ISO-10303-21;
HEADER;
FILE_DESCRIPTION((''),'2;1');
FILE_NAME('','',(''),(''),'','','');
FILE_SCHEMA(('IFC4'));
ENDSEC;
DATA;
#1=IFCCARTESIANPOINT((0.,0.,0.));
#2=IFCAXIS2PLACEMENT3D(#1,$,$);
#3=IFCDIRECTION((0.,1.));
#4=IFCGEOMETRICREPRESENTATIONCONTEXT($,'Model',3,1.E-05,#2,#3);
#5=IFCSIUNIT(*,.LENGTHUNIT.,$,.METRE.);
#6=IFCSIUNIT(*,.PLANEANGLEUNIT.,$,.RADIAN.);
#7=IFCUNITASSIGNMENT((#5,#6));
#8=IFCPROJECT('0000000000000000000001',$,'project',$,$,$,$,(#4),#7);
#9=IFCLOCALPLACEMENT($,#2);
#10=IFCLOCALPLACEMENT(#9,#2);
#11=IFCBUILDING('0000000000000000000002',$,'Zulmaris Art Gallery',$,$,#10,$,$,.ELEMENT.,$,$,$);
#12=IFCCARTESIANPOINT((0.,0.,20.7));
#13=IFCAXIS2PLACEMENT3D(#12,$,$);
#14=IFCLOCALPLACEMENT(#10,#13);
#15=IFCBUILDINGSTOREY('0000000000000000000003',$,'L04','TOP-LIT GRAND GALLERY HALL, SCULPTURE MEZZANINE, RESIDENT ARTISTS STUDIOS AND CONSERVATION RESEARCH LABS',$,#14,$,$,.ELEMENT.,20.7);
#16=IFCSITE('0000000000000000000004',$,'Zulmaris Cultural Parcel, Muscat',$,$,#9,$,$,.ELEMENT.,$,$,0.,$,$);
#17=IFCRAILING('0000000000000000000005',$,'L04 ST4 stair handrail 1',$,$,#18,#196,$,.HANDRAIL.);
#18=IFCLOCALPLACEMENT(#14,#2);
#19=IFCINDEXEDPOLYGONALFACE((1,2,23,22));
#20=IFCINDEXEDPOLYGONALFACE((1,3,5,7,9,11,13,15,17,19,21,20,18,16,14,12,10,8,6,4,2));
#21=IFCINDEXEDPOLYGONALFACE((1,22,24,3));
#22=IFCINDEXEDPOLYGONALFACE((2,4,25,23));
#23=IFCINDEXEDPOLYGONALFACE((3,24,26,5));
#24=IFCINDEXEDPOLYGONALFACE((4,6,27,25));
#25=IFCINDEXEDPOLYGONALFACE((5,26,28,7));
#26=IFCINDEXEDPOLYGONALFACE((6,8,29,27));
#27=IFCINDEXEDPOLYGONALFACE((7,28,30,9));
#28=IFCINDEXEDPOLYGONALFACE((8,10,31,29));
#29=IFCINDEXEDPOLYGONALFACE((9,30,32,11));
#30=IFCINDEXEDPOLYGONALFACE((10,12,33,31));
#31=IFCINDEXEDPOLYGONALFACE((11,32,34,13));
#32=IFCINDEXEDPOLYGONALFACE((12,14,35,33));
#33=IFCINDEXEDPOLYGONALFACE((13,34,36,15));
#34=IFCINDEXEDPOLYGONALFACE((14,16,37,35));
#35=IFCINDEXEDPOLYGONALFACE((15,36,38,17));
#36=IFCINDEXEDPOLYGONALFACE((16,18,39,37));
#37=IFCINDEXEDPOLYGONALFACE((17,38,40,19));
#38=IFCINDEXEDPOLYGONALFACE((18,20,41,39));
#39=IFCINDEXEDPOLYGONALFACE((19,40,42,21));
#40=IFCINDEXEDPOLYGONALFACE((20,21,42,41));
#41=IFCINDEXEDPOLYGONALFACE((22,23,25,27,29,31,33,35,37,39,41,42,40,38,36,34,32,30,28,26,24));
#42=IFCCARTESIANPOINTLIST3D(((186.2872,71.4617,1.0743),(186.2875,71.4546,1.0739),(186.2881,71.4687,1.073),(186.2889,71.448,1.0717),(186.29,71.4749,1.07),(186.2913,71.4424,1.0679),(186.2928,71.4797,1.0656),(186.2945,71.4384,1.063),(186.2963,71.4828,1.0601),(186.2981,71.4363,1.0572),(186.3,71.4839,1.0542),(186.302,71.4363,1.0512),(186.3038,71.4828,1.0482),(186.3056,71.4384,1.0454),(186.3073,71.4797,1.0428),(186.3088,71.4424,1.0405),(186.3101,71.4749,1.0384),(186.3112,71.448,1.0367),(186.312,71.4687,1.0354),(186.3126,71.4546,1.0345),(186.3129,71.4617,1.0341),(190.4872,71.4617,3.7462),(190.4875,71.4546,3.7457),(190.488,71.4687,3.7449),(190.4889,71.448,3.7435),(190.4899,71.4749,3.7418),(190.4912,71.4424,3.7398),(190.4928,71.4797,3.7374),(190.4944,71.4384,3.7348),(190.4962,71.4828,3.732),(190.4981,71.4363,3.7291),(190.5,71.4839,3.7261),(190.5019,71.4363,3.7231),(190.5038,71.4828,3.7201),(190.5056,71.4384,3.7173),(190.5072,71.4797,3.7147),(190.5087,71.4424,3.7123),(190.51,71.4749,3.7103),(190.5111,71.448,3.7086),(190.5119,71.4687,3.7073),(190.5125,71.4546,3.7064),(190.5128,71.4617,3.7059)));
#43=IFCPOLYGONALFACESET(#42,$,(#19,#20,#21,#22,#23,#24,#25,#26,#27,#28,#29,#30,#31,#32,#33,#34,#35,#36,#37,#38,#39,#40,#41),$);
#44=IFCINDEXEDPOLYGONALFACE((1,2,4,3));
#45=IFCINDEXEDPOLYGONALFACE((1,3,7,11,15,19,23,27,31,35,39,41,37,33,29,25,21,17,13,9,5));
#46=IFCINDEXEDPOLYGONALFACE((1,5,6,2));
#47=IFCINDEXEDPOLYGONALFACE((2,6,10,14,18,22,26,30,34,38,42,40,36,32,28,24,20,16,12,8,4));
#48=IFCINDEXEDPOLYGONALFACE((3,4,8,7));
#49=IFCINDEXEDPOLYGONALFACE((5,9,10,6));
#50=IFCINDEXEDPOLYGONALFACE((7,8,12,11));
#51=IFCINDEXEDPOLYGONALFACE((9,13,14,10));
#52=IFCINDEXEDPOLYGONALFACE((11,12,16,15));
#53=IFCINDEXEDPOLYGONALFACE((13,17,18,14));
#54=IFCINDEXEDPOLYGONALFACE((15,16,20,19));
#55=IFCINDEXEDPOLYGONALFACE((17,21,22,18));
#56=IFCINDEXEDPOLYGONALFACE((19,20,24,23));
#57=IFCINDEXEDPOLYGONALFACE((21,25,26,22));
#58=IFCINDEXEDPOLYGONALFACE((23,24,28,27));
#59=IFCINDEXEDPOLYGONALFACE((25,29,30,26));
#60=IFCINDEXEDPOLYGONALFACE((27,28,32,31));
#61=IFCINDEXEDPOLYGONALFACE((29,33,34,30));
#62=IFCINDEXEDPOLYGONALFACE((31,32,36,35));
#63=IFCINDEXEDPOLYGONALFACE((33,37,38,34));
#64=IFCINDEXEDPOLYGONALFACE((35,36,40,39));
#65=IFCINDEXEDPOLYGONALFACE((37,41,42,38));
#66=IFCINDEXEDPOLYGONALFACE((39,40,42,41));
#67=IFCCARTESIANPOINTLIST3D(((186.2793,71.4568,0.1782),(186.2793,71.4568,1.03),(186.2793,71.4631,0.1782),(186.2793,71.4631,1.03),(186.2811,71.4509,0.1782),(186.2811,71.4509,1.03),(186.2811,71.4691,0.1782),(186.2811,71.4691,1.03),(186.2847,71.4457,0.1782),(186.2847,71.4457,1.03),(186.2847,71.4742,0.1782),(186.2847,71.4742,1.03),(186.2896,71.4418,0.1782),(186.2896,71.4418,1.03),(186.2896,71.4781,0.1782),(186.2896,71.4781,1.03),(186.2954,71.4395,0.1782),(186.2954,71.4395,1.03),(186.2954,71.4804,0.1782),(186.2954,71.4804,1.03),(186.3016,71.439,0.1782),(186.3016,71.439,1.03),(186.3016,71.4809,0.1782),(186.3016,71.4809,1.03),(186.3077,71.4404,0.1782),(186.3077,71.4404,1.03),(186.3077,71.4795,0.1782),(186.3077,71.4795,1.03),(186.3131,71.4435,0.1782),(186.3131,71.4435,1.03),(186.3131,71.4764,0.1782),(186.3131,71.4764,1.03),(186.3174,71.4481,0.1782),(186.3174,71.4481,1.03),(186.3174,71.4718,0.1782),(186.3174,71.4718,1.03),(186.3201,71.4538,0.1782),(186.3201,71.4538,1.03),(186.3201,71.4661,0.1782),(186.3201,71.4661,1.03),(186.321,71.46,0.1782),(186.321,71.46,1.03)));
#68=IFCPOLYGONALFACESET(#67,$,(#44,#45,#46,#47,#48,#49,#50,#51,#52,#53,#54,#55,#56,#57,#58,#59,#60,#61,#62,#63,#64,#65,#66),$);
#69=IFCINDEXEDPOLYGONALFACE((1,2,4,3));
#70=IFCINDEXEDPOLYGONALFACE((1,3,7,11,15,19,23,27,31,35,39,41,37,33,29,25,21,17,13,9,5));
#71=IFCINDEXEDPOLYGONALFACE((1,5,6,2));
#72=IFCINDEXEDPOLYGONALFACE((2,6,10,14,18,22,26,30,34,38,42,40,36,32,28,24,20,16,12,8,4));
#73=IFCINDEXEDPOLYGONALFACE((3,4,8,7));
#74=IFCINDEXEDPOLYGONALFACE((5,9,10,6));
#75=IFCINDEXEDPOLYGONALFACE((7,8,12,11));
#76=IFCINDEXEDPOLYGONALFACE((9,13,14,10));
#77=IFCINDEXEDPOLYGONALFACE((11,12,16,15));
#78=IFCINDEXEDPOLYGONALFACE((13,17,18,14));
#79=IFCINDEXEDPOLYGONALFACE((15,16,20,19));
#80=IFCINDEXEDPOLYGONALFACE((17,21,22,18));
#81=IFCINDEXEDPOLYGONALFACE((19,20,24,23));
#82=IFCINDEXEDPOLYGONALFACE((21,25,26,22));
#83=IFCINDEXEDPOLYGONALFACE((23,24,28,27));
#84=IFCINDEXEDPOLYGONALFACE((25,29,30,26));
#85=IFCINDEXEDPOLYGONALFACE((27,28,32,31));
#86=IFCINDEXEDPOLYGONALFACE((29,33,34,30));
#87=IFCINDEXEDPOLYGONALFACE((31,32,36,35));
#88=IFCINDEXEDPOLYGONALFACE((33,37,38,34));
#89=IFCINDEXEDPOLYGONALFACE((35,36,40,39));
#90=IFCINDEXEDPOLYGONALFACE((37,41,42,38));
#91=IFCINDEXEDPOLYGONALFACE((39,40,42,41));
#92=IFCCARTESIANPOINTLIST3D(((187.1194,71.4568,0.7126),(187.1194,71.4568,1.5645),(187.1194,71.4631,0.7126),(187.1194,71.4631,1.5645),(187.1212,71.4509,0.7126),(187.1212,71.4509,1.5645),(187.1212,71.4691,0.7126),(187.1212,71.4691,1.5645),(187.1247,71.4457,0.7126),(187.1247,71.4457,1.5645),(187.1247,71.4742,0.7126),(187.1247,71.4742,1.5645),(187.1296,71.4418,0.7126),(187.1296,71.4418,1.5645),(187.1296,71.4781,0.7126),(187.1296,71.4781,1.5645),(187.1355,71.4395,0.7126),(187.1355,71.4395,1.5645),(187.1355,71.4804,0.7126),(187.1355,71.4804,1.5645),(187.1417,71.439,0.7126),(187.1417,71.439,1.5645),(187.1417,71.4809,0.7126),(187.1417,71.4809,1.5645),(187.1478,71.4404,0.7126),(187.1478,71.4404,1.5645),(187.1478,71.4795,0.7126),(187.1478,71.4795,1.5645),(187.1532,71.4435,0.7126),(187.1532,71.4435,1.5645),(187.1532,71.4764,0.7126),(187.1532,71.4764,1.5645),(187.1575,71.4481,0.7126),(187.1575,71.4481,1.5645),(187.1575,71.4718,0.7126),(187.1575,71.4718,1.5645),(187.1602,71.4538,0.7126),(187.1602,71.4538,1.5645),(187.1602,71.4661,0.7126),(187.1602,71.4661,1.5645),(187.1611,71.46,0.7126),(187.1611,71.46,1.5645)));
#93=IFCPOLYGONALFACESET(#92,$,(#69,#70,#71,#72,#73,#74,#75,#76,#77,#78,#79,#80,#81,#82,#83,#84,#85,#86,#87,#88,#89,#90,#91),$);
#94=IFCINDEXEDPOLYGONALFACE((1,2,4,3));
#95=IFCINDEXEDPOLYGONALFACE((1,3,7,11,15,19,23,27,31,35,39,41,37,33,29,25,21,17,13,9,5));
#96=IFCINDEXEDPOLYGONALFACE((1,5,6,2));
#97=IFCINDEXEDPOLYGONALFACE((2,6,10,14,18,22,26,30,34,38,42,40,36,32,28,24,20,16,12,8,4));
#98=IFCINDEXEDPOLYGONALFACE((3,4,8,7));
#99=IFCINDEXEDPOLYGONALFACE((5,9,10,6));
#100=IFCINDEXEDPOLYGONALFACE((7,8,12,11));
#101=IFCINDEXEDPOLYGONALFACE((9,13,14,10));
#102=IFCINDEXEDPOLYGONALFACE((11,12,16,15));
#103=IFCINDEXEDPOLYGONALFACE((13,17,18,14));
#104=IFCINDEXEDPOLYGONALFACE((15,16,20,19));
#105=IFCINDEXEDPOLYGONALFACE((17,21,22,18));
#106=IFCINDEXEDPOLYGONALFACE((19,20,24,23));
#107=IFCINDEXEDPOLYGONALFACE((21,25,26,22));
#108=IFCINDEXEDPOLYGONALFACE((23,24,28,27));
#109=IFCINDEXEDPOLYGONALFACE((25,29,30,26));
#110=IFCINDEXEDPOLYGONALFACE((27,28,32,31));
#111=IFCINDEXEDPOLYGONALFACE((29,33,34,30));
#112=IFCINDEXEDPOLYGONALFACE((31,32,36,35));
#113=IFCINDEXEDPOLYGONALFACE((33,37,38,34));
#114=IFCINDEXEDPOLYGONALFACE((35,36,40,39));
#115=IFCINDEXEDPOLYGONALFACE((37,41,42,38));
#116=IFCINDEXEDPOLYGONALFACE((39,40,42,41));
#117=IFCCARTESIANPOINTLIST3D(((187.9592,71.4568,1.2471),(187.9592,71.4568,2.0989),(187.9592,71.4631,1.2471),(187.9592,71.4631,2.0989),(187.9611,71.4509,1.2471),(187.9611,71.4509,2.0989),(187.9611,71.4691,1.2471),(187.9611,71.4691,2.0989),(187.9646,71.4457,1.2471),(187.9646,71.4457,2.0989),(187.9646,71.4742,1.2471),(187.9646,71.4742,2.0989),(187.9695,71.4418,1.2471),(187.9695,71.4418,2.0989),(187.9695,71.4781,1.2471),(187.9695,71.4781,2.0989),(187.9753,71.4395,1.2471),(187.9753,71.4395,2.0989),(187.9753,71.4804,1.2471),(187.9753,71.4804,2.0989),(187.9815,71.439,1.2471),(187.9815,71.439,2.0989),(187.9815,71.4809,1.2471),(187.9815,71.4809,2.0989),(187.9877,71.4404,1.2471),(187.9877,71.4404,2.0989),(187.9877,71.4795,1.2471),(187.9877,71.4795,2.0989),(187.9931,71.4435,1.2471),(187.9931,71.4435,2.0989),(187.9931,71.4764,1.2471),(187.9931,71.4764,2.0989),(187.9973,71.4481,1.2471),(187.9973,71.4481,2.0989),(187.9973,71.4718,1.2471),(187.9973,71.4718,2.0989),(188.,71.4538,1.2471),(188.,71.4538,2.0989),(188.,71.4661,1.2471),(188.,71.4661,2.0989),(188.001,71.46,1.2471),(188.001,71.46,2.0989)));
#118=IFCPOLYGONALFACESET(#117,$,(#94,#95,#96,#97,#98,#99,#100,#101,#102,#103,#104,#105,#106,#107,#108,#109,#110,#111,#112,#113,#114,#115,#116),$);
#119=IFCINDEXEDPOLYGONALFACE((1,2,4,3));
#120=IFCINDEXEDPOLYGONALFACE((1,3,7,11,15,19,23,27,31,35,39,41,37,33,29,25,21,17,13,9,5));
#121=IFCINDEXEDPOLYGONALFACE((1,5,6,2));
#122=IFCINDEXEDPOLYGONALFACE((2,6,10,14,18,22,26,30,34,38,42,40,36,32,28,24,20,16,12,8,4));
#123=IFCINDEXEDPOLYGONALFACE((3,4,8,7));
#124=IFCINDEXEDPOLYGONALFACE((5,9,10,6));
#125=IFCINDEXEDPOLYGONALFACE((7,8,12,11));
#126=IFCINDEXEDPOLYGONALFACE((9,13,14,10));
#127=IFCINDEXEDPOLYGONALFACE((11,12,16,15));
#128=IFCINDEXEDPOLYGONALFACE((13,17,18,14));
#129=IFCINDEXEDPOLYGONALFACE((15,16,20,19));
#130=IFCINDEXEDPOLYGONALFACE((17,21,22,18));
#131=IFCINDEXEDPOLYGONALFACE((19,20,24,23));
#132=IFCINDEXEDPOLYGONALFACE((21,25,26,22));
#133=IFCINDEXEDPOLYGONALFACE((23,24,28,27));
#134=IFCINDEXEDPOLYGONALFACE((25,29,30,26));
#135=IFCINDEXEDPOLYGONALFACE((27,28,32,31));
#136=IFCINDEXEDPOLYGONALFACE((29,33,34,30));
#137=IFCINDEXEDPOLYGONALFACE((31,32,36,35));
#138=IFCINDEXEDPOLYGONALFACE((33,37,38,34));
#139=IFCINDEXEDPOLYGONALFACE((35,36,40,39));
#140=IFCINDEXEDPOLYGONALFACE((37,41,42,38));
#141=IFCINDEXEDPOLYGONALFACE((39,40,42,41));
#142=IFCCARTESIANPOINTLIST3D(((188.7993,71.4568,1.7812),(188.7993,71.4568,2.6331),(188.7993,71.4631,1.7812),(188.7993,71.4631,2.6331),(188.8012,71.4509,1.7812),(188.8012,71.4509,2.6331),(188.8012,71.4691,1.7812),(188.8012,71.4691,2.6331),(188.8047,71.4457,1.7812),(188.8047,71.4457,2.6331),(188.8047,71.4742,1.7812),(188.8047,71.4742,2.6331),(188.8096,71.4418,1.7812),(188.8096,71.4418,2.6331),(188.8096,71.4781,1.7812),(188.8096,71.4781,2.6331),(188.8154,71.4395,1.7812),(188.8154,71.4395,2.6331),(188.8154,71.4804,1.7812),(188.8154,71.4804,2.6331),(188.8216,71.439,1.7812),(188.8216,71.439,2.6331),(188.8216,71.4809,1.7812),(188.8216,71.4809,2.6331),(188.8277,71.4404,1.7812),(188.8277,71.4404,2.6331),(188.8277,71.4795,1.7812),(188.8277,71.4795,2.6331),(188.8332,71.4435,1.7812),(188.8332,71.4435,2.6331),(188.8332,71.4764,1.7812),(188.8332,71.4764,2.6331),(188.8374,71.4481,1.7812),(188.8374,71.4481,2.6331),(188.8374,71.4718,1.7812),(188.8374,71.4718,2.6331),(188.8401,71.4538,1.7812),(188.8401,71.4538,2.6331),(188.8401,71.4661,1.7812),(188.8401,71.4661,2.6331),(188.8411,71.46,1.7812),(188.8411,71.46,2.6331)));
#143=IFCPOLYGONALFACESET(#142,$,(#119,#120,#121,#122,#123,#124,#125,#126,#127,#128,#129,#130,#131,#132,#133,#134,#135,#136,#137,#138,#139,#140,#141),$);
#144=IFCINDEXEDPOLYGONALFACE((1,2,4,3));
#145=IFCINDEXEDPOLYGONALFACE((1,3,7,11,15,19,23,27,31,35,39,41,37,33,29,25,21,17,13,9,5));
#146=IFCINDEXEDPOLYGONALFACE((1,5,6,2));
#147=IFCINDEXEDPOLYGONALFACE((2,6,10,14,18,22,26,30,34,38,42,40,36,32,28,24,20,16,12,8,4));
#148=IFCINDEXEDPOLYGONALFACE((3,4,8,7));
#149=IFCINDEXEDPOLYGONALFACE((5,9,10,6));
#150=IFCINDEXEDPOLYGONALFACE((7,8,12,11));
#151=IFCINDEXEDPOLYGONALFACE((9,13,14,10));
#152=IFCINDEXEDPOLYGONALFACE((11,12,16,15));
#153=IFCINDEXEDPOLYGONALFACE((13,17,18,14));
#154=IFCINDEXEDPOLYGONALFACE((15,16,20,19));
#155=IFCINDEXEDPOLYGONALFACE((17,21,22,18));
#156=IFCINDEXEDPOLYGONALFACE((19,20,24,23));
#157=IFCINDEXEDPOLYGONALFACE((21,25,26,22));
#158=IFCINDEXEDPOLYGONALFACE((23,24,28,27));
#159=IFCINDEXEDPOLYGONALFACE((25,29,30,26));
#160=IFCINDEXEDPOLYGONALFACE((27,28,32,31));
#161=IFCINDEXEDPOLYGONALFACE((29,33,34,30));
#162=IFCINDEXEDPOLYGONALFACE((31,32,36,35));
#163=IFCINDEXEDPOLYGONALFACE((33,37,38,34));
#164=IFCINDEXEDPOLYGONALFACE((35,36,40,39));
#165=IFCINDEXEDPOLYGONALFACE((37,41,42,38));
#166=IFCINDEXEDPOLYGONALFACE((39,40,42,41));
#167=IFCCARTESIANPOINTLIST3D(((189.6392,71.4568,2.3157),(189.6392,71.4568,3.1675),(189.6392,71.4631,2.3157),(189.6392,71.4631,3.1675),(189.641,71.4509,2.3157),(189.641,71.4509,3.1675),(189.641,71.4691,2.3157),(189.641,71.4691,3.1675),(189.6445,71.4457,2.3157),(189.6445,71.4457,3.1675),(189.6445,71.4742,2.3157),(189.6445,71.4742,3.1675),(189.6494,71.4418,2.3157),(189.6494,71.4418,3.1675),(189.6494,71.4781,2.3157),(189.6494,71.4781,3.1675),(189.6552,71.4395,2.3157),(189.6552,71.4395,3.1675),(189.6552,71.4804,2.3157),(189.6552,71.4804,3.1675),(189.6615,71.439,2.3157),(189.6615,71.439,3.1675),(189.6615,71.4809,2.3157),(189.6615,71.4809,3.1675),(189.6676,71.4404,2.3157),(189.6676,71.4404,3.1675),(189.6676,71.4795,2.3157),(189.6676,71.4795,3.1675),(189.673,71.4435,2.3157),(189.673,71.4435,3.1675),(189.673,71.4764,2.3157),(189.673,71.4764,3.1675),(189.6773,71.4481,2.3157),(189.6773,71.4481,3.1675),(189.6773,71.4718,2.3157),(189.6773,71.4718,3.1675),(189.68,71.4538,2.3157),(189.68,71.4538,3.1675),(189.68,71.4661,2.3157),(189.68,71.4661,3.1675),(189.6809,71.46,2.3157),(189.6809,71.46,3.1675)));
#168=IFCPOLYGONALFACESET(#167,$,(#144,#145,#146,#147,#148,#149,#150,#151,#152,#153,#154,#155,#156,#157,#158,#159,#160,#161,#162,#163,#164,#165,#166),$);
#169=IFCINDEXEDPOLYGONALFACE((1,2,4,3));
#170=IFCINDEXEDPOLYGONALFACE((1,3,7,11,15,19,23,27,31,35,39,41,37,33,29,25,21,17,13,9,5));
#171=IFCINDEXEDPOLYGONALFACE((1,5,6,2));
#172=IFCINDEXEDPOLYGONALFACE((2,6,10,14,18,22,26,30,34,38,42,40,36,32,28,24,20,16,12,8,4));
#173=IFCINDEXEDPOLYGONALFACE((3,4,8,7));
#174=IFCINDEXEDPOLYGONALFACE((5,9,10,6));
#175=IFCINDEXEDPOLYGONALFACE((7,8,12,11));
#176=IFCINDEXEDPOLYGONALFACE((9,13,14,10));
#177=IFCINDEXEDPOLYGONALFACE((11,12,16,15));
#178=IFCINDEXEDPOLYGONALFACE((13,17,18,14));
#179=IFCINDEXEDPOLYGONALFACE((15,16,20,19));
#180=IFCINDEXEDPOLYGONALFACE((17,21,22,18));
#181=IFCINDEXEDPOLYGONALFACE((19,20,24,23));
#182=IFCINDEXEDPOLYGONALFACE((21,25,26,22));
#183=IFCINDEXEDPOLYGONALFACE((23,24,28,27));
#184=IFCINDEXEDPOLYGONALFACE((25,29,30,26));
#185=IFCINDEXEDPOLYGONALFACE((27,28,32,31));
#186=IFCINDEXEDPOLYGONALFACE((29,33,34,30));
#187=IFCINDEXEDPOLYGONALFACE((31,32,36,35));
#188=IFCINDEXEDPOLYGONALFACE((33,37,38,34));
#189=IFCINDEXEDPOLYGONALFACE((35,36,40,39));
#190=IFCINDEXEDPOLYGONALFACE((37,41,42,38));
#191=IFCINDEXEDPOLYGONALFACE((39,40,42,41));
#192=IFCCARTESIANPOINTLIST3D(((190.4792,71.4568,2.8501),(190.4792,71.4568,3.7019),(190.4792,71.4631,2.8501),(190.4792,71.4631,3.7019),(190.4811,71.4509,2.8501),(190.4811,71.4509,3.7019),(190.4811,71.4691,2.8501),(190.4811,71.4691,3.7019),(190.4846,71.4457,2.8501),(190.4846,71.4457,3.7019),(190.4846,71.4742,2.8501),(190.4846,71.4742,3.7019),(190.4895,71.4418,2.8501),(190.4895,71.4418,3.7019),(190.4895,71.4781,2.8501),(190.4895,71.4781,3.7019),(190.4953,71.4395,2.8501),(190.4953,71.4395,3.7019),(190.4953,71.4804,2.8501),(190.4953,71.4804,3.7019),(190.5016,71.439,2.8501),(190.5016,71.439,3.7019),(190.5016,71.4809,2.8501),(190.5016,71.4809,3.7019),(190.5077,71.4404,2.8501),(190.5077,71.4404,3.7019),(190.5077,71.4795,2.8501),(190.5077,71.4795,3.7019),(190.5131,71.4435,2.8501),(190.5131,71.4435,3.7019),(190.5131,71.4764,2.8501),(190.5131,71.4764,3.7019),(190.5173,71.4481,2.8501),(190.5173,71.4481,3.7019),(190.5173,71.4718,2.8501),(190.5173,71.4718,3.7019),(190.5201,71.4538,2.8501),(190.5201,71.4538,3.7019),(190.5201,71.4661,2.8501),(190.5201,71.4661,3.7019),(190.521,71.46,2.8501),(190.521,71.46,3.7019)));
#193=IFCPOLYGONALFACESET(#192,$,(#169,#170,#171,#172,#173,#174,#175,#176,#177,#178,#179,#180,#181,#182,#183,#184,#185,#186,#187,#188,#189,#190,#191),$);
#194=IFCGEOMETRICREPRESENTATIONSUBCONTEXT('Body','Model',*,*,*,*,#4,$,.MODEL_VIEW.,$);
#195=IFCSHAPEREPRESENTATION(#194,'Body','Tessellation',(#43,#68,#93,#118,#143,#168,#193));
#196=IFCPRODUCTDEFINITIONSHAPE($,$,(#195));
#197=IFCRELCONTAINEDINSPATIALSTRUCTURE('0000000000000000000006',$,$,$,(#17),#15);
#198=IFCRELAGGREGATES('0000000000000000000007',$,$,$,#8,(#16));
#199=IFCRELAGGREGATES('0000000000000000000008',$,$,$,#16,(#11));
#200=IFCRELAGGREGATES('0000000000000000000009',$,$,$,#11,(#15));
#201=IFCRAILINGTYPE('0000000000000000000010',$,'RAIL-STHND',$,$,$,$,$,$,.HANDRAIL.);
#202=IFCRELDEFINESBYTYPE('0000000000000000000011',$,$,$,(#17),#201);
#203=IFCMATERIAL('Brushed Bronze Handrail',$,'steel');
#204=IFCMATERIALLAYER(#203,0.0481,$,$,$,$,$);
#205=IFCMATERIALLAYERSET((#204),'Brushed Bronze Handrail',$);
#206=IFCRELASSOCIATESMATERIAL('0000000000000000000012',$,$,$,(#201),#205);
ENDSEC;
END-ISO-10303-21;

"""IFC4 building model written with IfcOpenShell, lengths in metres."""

from ifc_helpers import new_model, si_unit, direction, frame, origin, origin_2d, place, context, subcontext, project, spatial, circle, extrude, material, layer, layer_set, type_object, element, save


model = new_model("IFC4")

# Units and contexts
model_context = context("Model", 3, precision=1e-05, world=origin(), true_north=direction((0.0, 1.0)))
body_context = subcontext(model_context, "Body", "Model", "MODEL_VIEW")
ifc_project = project(units=[si_unit("LENGTHUNIT", "METRE"), si_unit("PLANEANGLEUNIT", "RADIAN")], contexts=[model_context])

# Site, building, storey
site_placement = place(None, origin())
site = spatial("IfcSite", under=ifc_project, at=site_placement, Name="Zulmaris Cultural Parcel, Muscat", CompositionType="ELEMENT", RefElevation=0.0)
building_placement = place(site_placement, origin())
building = spatial("IfcBuilding", under=site, at=building_placement, Name="Zulmaris Art Gallery", CompositionType="ELEMENT")
storey_placement = place(building_placement, frame((0.0, 0.0, 20.7)))
storey = spatial("IfcBuildingStorey", under=building, at=storey_placement, Name="L04", Description="TOP-LIT GRAND GALLERY HALL, SCULPTURE MEZZANINE, RESIDENT ARTISTS STUDIOS AND CONSERVATION RESEARCH LABS", CompositionType="ELEMENT", Elevation=20.7)

# Railing
ifc_material_1 = material(Name="Brushed Bronze Handrail", Category="steel")
ifc_layer_1 = layer(ifc_material_1, 0.0481)
ifc_layer_set_1 = layer_set([ifc_layer_1], Name="Brushed Bronze Handrail")
railing_type_1 = type_object("IfcRailingType", Name="RAIL-STHND", PredefinedType="HANDRAIL", material=ifc_layer_set_1)
railing_1_placement = place(storey_placement, frame((186.3, 71.46, 0.1782)))
element("IfcRailing", 1, at=railing_1_placement, inside=storey, type_object=railing_type_1, Name="L04 ST4 stair handrail 1", PredefinedType="HANDRAIL", context=body_context, shape_type="SweptSolid", body=[
    extrude(circle(Radius=0.0239, at=origin_2d()), frame((0.0, 0.0, 0.876), z_axis=(0.843736, 0.0, 0.536758), x_axis=(0.0, 1.0, 0.0)), (0.0, 0.0, 1.0), 4.9778),
    extrude(circle(Radius=0.021, at=origin_2d()), origin(), (0.0, 0.0, 1.0), 0.8518),
    extrude(circle(Radius=0.021, at=origin_2d()), frame((0.8401, 0.0, 0.5344)), (0.0, 0.0, 1.0), 0.8518),
    extrude(circle(Radius=0.021, at=origin_2d()), frame((1.6799, 0.0, 1.0688)), (0.0, 0.0, 1.0), 0.8518),
    extrude(circle(Radius=0.021, at=origin_2d()), frame((2.52, 0.0, 1.603)), (0.0, 0.0, 1.0), 0.8518),
    extrude(circle(Radius=0.021, at=origin_2d()), frame((3.3599, 0.0, 2.1375)), (0.0, 0.0, 1.0), 0.8518),
    extrude(circle(Radius=0.021, at=origin_2d()), frame((4.2, 0.0, 2.6719)), (0.0, 0.0, 1.0), 0.8518),
])

save(model, "model.ifc")
